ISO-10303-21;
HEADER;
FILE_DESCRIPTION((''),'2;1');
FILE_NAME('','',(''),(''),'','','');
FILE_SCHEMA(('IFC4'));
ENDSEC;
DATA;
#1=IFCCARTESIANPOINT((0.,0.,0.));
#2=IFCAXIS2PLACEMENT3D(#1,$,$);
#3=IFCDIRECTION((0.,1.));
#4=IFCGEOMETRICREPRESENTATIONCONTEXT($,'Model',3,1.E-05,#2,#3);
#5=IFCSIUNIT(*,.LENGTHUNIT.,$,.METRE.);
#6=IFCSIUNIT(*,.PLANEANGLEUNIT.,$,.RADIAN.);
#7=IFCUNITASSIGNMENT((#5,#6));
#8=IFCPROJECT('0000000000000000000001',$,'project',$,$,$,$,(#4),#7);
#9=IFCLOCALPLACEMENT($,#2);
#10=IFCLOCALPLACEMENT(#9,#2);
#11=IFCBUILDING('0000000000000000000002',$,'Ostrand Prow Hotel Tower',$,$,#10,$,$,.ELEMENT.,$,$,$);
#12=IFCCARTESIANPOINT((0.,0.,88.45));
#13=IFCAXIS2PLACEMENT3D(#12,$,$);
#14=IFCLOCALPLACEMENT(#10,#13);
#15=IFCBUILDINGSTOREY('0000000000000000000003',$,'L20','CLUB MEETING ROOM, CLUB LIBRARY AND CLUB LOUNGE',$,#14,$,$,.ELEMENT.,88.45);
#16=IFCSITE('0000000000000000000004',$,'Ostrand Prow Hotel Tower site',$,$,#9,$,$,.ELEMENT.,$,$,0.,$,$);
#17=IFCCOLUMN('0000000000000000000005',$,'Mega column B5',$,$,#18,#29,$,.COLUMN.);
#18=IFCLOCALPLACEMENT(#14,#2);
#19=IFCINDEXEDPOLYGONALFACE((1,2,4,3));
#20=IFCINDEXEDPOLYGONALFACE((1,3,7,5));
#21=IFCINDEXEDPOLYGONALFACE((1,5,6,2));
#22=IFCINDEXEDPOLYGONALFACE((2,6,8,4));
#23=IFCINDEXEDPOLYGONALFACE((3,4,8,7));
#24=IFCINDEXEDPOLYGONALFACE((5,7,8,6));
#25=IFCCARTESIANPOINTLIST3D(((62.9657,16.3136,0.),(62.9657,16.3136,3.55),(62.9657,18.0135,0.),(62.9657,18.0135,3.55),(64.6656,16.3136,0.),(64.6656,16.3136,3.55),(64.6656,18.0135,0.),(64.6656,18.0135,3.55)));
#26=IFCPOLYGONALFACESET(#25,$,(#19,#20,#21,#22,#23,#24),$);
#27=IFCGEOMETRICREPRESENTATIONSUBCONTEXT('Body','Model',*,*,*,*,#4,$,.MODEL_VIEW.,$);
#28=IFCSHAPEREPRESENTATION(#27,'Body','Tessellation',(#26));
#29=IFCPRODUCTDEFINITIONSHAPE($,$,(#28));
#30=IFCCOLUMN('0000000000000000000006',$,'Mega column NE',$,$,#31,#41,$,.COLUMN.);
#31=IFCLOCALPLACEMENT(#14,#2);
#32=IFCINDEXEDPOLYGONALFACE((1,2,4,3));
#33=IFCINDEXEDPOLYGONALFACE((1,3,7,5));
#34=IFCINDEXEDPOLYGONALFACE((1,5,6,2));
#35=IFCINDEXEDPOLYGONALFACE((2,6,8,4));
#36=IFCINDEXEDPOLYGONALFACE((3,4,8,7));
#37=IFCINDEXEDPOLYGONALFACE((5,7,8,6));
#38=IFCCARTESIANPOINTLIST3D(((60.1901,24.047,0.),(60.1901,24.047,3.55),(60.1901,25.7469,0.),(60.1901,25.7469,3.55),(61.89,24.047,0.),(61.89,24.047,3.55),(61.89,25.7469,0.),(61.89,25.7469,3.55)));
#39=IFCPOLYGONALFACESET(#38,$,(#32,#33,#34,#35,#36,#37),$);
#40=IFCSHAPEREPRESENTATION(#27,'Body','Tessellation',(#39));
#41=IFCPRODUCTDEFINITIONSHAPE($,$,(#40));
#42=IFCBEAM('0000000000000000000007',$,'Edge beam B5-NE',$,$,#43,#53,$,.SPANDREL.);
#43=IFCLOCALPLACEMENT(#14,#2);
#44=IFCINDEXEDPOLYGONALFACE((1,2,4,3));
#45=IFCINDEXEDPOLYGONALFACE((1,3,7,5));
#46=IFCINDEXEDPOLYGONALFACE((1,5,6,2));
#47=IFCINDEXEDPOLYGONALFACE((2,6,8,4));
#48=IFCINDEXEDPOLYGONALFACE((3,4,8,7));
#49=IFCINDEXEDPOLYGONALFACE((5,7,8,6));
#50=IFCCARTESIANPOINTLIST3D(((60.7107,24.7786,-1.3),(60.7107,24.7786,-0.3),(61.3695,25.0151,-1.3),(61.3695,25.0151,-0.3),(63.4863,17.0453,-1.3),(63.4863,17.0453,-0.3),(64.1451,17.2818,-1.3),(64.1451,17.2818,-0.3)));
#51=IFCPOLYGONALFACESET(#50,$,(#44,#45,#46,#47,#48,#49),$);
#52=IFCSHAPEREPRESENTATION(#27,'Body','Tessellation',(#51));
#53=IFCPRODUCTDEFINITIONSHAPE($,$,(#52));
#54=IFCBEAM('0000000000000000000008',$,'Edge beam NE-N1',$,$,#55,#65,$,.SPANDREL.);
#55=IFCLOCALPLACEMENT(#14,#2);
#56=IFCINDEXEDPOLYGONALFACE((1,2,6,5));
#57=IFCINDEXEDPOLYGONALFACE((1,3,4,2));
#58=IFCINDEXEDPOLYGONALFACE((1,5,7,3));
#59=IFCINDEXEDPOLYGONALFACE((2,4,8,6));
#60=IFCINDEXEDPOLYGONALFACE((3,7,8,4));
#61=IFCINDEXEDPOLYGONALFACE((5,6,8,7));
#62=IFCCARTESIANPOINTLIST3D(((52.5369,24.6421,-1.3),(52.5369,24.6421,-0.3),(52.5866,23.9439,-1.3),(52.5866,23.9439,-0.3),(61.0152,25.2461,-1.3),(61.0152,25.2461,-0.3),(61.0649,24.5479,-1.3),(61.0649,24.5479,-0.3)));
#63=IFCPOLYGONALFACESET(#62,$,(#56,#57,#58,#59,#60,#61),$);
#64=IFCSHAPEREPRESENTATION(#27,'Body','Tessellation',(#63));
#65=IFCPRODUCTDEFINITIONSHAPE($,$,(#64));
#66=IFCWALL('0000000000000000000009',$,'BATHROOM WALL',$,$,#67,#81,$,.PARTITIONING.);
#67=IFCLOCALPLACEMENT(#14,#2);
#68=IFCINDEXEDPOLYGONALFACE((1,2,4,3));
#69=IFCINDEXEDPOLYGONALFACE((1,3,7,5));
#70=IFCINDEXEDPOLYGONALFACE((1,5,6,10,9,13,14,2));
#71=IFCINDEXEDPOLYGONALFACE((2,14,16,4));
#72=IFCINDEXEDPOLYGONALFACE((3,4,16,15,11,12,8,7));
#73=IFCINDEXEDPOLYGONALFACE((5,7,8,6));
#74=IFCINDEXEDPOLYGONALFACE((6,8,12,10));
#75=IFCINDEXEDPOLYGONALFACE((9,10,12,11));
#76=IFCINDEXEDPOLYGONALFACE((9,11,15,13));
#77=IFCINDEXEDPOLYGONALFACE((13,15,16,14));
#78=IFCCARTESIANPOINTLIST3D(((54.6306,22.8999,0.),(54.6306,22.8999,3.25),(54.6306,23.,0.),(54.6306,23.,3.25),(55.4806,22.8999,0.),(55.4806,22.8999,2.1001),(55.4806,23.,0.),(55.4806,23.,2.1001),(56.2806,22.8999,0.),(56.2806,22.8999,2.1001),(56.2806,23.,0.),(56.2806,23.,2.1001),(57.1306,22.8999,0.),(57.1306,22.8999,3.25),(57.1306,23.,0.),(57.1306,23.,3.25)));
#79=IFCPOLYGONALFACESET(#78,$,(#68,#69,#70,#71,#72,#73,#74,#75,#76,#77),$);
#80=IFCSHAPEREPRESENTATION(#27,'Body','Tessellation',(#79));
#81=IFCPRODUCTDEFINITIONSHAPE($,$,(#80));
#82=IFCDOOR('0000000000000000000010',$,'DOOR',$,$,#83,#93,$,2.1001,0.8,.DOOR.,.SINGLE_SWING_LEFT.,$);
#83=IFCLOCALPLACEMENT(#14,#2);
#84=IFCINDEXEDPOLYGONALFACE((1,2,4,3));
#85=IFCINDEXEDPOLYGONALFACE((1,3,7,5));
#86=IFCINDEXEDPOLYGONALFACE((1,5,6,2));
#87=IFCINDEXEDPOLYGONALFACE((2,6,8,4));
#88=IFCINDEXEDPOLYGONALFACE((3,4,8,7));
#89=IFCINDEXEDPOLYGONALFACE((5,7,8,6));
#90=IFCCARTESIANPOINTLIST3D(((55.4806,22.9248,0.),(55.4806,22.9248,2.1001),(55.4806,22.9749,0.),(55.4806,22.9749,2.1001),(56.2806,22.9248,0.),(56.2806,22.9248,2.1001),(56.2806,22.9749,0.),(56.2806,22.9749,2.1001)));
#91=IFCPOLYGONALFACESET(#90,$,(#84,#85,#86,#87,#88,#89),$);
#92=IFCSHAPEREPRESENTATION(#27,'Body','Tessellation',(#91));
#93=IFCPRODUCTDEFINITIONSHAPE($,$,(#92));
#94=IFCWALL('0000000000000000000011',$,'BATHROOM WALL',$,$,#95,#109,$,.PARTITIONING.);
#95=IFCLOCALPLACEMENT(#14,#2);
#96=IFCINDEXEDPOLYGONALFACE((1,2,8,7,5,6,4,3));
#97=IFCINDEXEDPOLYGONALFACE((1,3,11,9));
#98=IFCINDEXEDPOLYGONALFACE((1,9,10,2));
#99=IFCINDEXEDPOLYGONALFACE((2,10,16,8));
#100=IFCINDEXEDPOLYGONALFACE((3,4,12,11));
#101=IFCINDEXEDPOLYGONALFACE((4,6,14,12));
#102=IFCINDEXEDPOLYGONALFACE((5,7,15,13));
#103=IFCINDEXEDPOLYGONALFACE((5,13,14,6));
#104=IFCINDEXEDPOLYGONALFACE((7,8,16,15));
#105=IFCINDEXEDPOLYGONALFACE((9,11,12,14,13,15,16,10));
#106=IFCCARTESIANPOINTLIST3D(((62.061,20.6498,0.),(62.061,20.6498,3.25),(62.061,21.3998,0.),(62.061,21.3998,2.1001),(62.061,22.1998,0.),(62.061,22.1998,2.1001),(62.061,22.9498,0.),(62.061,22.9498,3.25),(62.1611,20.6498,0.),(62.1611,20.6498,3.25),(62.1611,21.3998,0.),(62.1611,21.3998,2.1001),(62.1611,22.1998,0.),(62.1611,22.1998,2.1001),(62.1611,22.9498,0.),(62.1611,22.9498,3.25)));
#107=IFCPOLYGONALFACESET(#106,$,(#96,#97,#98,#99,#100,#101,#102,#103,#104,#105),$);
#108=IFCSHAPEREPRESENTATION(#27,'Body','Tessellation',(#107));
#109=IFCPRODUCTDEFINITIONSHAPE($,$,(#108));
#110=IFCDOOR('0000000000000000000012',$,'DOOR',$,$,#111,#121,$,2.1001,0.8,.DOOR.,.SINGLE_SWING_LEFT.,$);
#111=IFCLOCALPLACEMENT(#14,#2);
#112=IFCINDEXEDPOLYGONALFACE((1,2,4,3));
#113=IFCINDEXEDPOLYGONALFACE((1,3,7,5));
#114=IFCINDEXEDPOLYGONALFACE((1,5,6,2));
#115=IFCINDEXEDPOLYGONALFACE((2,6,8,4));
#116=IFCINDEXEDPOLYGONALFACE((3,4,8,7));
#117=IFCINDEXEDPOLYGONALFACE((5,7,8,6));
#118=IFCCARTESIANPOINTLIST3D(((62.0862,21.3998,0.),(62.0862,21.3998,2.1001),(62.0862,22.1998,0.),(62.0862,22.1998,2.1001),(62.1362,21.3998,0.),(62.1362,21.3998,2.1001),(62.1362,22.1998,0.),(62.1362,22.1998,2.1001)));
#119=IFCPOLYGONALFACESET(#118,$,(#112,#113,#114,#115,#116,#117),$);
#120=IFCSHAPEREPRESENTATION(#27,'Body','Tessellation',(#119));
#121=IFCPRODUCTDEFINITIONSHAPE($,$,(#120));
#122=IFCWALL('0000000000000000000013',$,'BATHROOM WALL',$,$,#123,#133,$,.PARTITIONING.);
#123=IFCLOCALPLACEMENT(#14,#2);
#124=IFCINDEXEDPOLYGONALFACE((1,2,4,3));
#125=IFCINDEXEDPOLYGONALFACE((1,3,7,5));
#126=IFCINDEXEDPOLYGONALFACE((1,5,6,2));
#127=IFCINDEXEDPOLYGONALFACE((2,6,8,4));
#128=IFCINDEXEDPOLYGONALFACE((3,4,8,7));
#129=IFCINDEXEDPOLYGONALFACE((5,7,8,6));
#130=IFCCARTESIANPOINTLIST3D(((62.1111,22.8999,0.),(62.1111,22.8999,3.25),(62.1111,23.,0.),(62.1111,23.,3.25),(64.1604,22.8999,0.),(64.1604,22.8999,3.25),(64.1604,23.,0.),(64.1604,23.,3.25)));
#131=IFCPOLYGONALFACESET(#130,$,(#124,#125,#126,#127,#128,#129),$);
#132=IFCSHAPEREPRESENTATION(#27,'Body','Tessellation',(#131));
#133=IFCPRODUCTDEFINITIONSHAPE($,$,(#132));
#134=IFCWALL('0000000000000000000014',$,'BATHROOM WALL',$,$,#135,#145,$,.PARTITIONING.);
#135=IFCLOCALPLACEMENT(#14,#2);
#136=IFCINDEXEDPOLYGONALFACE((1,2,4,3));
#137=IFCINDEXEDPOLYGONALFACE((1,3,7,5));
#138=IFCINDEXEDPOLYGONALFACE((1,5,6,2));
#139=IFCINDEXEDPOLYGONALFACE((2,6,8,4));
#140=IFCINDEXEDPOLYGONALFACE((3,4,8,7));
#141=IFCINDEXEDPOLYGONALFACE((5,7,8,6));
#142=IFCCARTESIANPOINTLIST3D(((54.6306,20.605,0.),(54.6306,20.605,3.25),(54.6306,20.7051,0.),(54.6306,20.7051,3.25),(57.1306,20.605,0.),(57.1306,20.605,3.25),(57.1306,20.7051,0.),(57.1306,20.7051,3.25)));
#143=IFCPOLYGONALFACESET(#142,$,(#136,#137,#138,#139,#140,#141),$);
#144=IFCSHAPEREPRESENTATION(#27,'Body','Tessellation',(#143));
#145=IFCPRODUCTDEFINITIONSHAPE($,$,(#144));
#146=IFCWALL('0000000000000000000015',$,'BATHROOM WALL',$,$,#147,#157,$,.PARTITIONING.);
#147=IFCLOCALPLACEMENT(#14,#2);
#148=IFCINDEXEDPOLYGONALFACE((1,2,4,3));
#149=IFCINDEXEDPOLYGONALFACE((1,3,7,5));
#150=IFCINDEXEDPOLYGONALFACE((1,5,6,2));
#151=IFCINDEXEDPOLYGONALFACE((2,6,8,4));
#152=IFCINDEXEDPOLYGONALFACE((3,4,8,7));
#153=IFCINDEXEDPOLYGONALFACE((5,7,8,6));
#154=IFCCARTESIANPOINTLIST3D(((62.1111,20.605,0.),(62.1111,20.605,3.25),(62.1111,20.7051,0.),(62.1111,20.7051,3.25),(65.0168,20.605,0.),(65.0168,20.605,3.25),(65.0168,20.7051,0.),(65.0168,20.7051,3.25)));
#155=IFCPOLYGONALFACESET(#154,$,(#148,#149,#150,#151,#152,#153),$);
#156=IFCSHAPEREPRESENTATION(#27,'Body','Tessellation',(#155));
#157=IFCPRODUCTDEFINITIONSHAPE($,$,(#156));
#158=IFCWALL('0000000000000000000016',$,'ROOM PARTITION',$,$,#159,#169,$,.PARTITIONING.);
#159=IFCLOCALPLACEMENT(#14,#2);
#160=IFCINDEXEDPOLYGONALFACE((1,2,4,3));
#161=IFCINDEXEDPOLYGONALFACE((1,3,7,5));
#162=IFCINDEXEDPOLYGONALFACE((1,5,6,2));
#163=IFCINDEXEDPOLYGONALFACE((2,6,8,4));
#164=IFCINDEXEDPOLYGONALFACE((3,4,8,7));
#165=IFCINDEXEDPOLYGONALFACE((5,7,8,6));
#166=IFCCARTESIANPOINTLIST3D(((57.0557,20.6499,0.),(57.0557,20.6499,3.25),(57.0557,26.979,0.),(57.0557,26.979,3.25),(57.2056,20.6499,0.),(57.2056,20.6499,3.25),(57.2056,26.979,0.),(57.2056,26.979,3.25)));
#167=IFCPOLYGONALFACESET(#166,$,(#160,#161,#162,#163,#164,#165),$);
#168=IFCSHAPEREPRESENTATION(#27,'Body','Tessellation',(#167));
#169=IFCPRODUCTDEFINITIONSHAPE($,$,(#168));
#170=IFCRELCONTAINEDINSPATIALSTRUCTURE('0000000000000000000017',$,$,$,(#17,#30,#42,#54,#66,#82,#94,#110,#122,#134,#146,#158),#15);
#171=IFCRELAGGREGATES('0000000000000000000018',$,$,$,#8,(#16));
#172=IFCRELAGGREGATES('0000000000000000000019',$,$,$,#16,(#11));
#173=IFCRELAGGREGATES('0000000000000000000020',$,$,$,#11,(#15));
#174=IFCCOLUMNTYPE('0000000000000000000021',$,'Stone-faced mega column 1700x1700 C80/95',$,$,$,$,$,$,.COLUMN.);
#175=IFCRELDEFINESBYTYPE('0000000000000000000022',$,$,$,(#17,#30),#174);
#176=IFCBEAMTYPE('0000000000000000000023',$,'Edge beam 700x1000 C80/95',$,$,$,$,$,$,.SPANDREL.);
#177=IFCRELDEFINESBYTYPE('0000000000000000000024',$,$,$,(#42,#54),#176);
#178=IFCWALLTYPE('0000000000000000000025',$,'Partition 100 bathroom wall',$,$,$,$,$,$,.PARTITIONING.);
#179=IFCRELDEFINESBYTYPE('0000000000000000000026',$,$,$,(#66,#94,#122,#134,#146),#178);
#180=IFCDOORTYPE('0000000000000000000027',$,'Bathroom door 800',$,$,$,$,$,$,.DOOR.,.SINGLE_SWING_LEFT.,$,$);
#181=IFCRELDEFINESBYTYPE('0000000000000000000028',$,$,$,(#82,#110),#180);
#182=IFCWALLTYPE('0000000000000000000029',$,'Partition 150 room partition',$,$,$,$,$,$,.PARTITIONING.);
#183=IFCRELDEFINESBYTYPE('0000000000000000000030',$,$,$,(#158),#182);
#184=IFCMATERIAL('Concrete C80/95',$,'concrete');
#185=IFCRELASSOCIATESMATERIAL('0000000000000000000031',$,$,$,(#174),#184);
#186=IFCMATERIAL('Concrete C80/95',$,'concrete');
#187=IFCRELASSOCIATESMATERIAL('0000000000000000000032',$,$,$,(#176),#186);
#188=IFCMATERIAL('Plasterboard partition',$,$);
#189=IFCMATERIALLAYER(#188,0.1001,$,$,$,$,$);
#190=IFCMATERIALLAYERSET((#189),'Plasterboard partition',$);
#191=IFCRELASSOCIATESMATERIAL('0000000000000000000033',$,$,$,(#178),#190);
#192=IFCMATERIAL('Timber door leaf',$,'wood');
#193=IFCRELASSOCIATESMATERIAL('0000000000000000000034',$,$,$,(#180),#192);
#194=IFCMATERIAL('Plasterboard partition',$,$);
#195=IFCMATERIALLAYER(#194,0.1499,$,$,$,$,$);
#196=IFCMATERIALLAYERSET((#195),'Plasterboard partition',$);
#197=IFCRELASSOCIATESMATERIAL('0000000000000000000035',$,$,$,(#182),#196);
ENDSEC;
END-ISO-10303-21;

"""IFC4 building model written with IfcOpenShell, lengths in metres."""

from ifc_helpers import new_model, si_unit, direction, frame, frame_2d, origin, origin_2d, place, context, subcontext, project, spatial, rectangle, extrude, material, layer, layer_set, material_profile, profile_set, type_object, element, fill, save


model = new_model("IFC4")

# Units and contexts
model_context = context("Model", 3, precision=1e-05, world=origin(), true_north=direction((0.0, 1.0)))
body_context = subcontext(model_context, "Body", "Model", "MODEL_VIEW")
ifc_project = project(units=[si_unit("LENGTHUNIT", "METRE"), si_unit("PLANEANGLEUNIT", "RADIAN")], contexts=[model_context])

# Site, building, storey
site_placement = place(None, origin())
site = spatial("IfcSite", under=ifc_project, at=site_placement, Name="Ostrand Prow Hotel Tower site", CompositionType="ELEMENT", RefElevation=0.0)
building_placement = place(site_placement, origin())
building = spatial("IfcBuilding", under=site, at=building_placement, Name="Ostrand Prow Hotel Tower", CompositionType="ELEMENT")
storey_placement = place(building_placement, frame((0.0, 0.0, 88.45)))
storey = spatial("IfcBuildingStorey", under=building, at=storey_placement, Name="L20", Description="CLUB MEETING ROOM, CLUB LIBRARY AND CLUB LOUNGE", CompositionType="ELEMENT", Elevation=88.45)

# Columns
ifc_material_1 = material(Name="Concrete C80/95", Category="concrete")
ifc_material_profile_1 = material_profile(ifc_material_1, rectangle(XDim=1.7, YDim=1.7, at=origin_2d()), Name="RC 1700x1700")
ifc_profile_set_1 = profile_set([ifc_material_profile_1], Name="Concrete C80/95")
column_type = type_object("IfcColumnType", Name="Stone-faced mega column 1700x1700 C80/95", PredefinedType="COLUMN", material=ifc_profile_set_1)
for number, where, z_axis, x_axis, name in (
    (1, (63.8157, 17.1636, 0.0), (0.0, 0.0, 1.0), (1.0, 0.0, 0.0), "Mega column B5"),
    (2, (61.04, 24.897, 0.0), (0.0, 0.0, 1.0), (1.0, 0.0, 0.0), "Mega column NE"),
):
    element("IfcColumn", number, at=place(storey_placement, frame(where, z_axis=z_axis, x_axis=x_axis)), inside=storey, type_object=column_type, Name=name, PredefinedType="COLUMN", context=body_context, shape_type="SweptSolid", body=[
        extrude(rectangle(XDim=1.7, YDim=1.7, at=origin_2d()), origin(), (0.0, 0.0, 1.0), 3.55),
    ])

# Beams
ifc_material_2 = material(Name="Concrete C80/95", Category="concrete")
ifc_material_profile_2 = material_profile(ifc_material_2, rectangle(XDim=0.7, YDim=1.0, at=origin_2d()), Name="RC 700x1000")
ifc_profile_set_2 = profile_set([ifc_material_profile_2], Name="Concrete C80/95")
beam_type = type_object("IfcBeamType", Name="Edge beam 700x1000 C80/95", PredefinedType="SPANDREL", material=ifc_profile_set_2)
beam_1_placement = place(storey_placement, frame((63.8157, 17.1636, -0.8), z_axis=(-0.337815, 0.941212, 0.0), x_axis=(-0.941212, -0.337815, 0.0)))
element("IfcBeam", 3, at=beam_1_placement, inside=storey, type_object=beam_type, Name="Edge beam B5-NE", PredefinedType="SPANDREL", context=body_context, shape_type="SweptSolid", body=[
    extrude(rectangle(XDim=0.7, YDim=1.0, at=origin_2d()), origin(), (0.0, 0.0, 1.0), 8.2163),
])
beam_2_placement = place(storey_placement, frame((61.04, 24.897, -0.8), z_axis=(-0.997472, -0.071061, 0.0), x_axis=(0.071061, -0.997472, 0.0)))
element("IfcBeam", 4, at=beam_2_placement, inside=storey, type_object=beam_type, Name="Edge beam NE-N1", PredefinedType="SPANDREL", context=body_context, shape_type="SweptSolid", body=[
    extrude(rectangle(XDim=0.7, YDim=1.0, at=origin_2d()), origin(), (0.0, 0.0, 1.0), 8.4998),
])

# Walls, openings, doors
ifc_material_3 = material(Name="Plasterboard partition")
ifc_layer_1 = layer(ifc_material_3, 0.1001)
ifc_layer_set_1 = layer_set([ifc_layer_1], Name="Plasterboard partition")
wall_type_1 = type_object("IfcWallType", Name="Partition 100 bathroom wall", PredefinedType="PARTITIONING", material=ifc_layer_set_1)
wall_1_placement = place(storey_placement, frame((54.6306, 22.95, 0.0), z_axis=(0.0, 0.0, 1.0), x_axis=(1.0, 0.0, 0.0)))
wall_1 = element("IfcWall", 5, at=wall_1_placement, inside=storey, type_object=wall_type_1, Name="BATHROOM WALL", PredefinedType="PARTITIONING", context=body_context, shape_type="SweptSolid", body=[
    extrude(rectangle(XDim=2.5, YDim=0.1001, at=frame_2d((1.25, 0.0))), origin(), (0.0, 0.0, 1.0), 3.25),
])
opening_1_placement = place(wall_1_placement, frame((0.8501, 0.0, 0.0)))
opening_1 = element("IfcOpeningElement", 6, at=opening_1_placement, cuts=wall_1, PredefinedType="OPENING", context=body_context, shape_type="SweptSolid", body=[
    extrude(rectangle(XDim=0.8, YDim=2.1001, at=frame_2d((0.3999, 1.05))), frame((0.0, 0.0601, 0.0), z_axis=(0.0, -1.0, 0.0), x_axis=(1.0, 0.0, 0.0)), (0.0, 0.0, 1.0), 0.1201),
])
ifc_material_4 = material(Name="Timber door leaf", Category="wood")
door_type_1 = type_object("IfcDoorType", Name="Bathroom door 800", OperationType="SINGLE_SWING_LEFT", PredefinedType="DOOR", material=ifc_material_4)
door_1_placement = place(opening_1_placement, origin())
door_1 = element("IfcDoor", 7, at=door_1_placement, inside=storey, type_object=door_type_1, Name="DOOR", OperationType="SINGLE_SWING_LEFT", OverallHeight=2.1001, OverallWidth=0.8, PredefinedType="DOOR", context=body_context, shape_type="SweptSolid", body=[
    extrude(rectangle(XDim=0.8, YDim=2.1001, at=frame_2d((0.3999, 1.05))), frame((0.0, 0.0249, 0.0), z_axis=(0.0, -1.0, 0.0), x_axis=(1.0, 0.0, 0.0)), (0.0, 0.0, 1.0), 0.05),
])
fill(opening_1, door_1)
wall_2_placement = place(storey_placement, frame((62.1111, 20.6499, 0.0), z_axis=(0.0, 0.0, 1.0), x_axis=(0.0, 1.0, 0.0)))
wall_2 = element("IfcWall", 8, at=wall_2_placement, inside=storey, type_object=wall_type_1, Name="BATHROOM WALL", PredefinedType="PARTITIONING", context=body_context, shape_type="SweptSolid", body=[
    extrude(rectangle(XDim=2.3, YDim=0.1001, at=frame_2d((1.1499, 0.0))), origin(), (0.0, 0.0, 1.0), 3.25),
])
opening_2_placement = place(wall_2_placement, frame((0.75, 0.0, 0.0)))
opening_2 = element("IfcOpeningElement", 9, at=opening_2_placement, cuts=wall_2, PredefinedType="OPENING", context=body_context, shape_type="SweptSolid", body=[
    extrude(rectangle(XDim=0.8, YDim=2.1001, at=frame_2d((0.3999, 1.05))), frame((0.0, 0.0601, 0.0), z_axis=(0.0, -1.0, 0.0), x_axis=(1.0, 0.0, 0.0)), (0.0, 0.0, 1.0), 0.1201),
])
door_2_placement = place(opening_2_placement, origin())
door_2 = element("IfcDoor", 10, at=door_2_placement, inside=storey, type_object=door_type_1, Name="DOOR", OperationType="SINGLE_SWING_LEFT", OverallHeight=2.1001, OverallWidth=0.8, PredefinedType="DOOR", context=body_context, shape_type="SweptSolid", body=[
    extrude(rectangle(XDim=0.8, YDim=2.1001, at=frame_2d((0.3999, 1.05))), frame((0.0, 0.0249, 0.0), z_axis=(0.0, -1.0, 0.0), x_axis=(1.0, 0.0, 0.0)), (0.0, 0.0, 1.0), 0.05),
])
fill(opening_2, door_2)

# Walls
wall_3_placement = place(storey_placement, frame((62.1111, 22.95, 0.0), z_axis=(0.0, 0.0, 1.0), x_axis=(1.0, 0.0, 0.0)))
element("IfcWall", 11, at=wall_3_placement, inside=storey, type_object=wall_type_1, Name="BATHROOM WALL", PredefinedType="PARTITIONING", context=body_context, shape_type="SweptSolid", body=[
    extrude(rectangle(XDim=2.0493, YDim=0.1001, at=frame_2d((1.0247, 0.0))), origin(), (0.0, 0.0, 1.0), 3.25),
])
wall_4_placement = place(storey_placement, frame((57.1306, 20.655, 0.0), z_axis=(0.0, 0.0, 1.0), x_axis=(-1.0, 0.0, 0.0)))
element("IfcWall", 12, at=wall_4_placement, inside=storey, type_object=wall_type_1, Name="BATHROOM WALL", PredefinedType="PARTITIONING", context=body_context, shape_type="SweptSolid", body=[
    extrude(rectangle(XDim=2.5, YDim=0.1001, at=frame_2d((1.25, 0.0))), origin(), (0.0, 0.0, 1.0), 3.25),
])
wall_5_placement = place(storey_placement, frame((65.0168, 20.655, 0.0), z_axis=(0.0, 0.0, 1.0), x_axis=(-1.0, 0.0, 0.0)))
element("IfcWall", 13, at=wall_5_placement, inside=storey, type_object=wall_type_1, Name="BATHROOM WALL", PredefinedType="PARTITIONING", context=body_context, shape_type="SweptSolid", body=[
    extrude(rectangle(XDim=2.9058, YDim=0.1001, at=frame_2d((1.4529, 0.0))), origin(), (0.0, 0.0, 1.0), 3.25),
])
ifc_material_5 = material(Name="Plasterboard partition")
ifc_layer_2 = layer(ifc_material_5, 0.1499)
ifc_layer_set_2 = layer_set([ifc_layer_2], Name="Plasterboard partition")
wall_type_2 = type_object("IfcWallType", Name="Partition 150 room partition", PredefinedType="PARTITIONING", material=ifc_layer_set_2)
wall_6_placement = place(storey_placement, frame((57.1306, 20.6499, 0.0), z_axis=(0.0, 0.0, 1.0), x_axis=(0.0, 1.0, 0.0)))
element("IfcWall", 14, at=wall_6_placement, inside=storey, type_object=wall_type_2, Name="ROOM PARTITION", PredefinedType="PARTITIONING", context=body_context, shape_type="SweptSolid", body=[
    extrude(rectangle(XDim=6.3291, YDim=0.1499, at=frame_2d((3.1646, 0.0))), origin(), (0.0, 0.0, 1.0), 3.25),
])

save(model, "model.ifc")
